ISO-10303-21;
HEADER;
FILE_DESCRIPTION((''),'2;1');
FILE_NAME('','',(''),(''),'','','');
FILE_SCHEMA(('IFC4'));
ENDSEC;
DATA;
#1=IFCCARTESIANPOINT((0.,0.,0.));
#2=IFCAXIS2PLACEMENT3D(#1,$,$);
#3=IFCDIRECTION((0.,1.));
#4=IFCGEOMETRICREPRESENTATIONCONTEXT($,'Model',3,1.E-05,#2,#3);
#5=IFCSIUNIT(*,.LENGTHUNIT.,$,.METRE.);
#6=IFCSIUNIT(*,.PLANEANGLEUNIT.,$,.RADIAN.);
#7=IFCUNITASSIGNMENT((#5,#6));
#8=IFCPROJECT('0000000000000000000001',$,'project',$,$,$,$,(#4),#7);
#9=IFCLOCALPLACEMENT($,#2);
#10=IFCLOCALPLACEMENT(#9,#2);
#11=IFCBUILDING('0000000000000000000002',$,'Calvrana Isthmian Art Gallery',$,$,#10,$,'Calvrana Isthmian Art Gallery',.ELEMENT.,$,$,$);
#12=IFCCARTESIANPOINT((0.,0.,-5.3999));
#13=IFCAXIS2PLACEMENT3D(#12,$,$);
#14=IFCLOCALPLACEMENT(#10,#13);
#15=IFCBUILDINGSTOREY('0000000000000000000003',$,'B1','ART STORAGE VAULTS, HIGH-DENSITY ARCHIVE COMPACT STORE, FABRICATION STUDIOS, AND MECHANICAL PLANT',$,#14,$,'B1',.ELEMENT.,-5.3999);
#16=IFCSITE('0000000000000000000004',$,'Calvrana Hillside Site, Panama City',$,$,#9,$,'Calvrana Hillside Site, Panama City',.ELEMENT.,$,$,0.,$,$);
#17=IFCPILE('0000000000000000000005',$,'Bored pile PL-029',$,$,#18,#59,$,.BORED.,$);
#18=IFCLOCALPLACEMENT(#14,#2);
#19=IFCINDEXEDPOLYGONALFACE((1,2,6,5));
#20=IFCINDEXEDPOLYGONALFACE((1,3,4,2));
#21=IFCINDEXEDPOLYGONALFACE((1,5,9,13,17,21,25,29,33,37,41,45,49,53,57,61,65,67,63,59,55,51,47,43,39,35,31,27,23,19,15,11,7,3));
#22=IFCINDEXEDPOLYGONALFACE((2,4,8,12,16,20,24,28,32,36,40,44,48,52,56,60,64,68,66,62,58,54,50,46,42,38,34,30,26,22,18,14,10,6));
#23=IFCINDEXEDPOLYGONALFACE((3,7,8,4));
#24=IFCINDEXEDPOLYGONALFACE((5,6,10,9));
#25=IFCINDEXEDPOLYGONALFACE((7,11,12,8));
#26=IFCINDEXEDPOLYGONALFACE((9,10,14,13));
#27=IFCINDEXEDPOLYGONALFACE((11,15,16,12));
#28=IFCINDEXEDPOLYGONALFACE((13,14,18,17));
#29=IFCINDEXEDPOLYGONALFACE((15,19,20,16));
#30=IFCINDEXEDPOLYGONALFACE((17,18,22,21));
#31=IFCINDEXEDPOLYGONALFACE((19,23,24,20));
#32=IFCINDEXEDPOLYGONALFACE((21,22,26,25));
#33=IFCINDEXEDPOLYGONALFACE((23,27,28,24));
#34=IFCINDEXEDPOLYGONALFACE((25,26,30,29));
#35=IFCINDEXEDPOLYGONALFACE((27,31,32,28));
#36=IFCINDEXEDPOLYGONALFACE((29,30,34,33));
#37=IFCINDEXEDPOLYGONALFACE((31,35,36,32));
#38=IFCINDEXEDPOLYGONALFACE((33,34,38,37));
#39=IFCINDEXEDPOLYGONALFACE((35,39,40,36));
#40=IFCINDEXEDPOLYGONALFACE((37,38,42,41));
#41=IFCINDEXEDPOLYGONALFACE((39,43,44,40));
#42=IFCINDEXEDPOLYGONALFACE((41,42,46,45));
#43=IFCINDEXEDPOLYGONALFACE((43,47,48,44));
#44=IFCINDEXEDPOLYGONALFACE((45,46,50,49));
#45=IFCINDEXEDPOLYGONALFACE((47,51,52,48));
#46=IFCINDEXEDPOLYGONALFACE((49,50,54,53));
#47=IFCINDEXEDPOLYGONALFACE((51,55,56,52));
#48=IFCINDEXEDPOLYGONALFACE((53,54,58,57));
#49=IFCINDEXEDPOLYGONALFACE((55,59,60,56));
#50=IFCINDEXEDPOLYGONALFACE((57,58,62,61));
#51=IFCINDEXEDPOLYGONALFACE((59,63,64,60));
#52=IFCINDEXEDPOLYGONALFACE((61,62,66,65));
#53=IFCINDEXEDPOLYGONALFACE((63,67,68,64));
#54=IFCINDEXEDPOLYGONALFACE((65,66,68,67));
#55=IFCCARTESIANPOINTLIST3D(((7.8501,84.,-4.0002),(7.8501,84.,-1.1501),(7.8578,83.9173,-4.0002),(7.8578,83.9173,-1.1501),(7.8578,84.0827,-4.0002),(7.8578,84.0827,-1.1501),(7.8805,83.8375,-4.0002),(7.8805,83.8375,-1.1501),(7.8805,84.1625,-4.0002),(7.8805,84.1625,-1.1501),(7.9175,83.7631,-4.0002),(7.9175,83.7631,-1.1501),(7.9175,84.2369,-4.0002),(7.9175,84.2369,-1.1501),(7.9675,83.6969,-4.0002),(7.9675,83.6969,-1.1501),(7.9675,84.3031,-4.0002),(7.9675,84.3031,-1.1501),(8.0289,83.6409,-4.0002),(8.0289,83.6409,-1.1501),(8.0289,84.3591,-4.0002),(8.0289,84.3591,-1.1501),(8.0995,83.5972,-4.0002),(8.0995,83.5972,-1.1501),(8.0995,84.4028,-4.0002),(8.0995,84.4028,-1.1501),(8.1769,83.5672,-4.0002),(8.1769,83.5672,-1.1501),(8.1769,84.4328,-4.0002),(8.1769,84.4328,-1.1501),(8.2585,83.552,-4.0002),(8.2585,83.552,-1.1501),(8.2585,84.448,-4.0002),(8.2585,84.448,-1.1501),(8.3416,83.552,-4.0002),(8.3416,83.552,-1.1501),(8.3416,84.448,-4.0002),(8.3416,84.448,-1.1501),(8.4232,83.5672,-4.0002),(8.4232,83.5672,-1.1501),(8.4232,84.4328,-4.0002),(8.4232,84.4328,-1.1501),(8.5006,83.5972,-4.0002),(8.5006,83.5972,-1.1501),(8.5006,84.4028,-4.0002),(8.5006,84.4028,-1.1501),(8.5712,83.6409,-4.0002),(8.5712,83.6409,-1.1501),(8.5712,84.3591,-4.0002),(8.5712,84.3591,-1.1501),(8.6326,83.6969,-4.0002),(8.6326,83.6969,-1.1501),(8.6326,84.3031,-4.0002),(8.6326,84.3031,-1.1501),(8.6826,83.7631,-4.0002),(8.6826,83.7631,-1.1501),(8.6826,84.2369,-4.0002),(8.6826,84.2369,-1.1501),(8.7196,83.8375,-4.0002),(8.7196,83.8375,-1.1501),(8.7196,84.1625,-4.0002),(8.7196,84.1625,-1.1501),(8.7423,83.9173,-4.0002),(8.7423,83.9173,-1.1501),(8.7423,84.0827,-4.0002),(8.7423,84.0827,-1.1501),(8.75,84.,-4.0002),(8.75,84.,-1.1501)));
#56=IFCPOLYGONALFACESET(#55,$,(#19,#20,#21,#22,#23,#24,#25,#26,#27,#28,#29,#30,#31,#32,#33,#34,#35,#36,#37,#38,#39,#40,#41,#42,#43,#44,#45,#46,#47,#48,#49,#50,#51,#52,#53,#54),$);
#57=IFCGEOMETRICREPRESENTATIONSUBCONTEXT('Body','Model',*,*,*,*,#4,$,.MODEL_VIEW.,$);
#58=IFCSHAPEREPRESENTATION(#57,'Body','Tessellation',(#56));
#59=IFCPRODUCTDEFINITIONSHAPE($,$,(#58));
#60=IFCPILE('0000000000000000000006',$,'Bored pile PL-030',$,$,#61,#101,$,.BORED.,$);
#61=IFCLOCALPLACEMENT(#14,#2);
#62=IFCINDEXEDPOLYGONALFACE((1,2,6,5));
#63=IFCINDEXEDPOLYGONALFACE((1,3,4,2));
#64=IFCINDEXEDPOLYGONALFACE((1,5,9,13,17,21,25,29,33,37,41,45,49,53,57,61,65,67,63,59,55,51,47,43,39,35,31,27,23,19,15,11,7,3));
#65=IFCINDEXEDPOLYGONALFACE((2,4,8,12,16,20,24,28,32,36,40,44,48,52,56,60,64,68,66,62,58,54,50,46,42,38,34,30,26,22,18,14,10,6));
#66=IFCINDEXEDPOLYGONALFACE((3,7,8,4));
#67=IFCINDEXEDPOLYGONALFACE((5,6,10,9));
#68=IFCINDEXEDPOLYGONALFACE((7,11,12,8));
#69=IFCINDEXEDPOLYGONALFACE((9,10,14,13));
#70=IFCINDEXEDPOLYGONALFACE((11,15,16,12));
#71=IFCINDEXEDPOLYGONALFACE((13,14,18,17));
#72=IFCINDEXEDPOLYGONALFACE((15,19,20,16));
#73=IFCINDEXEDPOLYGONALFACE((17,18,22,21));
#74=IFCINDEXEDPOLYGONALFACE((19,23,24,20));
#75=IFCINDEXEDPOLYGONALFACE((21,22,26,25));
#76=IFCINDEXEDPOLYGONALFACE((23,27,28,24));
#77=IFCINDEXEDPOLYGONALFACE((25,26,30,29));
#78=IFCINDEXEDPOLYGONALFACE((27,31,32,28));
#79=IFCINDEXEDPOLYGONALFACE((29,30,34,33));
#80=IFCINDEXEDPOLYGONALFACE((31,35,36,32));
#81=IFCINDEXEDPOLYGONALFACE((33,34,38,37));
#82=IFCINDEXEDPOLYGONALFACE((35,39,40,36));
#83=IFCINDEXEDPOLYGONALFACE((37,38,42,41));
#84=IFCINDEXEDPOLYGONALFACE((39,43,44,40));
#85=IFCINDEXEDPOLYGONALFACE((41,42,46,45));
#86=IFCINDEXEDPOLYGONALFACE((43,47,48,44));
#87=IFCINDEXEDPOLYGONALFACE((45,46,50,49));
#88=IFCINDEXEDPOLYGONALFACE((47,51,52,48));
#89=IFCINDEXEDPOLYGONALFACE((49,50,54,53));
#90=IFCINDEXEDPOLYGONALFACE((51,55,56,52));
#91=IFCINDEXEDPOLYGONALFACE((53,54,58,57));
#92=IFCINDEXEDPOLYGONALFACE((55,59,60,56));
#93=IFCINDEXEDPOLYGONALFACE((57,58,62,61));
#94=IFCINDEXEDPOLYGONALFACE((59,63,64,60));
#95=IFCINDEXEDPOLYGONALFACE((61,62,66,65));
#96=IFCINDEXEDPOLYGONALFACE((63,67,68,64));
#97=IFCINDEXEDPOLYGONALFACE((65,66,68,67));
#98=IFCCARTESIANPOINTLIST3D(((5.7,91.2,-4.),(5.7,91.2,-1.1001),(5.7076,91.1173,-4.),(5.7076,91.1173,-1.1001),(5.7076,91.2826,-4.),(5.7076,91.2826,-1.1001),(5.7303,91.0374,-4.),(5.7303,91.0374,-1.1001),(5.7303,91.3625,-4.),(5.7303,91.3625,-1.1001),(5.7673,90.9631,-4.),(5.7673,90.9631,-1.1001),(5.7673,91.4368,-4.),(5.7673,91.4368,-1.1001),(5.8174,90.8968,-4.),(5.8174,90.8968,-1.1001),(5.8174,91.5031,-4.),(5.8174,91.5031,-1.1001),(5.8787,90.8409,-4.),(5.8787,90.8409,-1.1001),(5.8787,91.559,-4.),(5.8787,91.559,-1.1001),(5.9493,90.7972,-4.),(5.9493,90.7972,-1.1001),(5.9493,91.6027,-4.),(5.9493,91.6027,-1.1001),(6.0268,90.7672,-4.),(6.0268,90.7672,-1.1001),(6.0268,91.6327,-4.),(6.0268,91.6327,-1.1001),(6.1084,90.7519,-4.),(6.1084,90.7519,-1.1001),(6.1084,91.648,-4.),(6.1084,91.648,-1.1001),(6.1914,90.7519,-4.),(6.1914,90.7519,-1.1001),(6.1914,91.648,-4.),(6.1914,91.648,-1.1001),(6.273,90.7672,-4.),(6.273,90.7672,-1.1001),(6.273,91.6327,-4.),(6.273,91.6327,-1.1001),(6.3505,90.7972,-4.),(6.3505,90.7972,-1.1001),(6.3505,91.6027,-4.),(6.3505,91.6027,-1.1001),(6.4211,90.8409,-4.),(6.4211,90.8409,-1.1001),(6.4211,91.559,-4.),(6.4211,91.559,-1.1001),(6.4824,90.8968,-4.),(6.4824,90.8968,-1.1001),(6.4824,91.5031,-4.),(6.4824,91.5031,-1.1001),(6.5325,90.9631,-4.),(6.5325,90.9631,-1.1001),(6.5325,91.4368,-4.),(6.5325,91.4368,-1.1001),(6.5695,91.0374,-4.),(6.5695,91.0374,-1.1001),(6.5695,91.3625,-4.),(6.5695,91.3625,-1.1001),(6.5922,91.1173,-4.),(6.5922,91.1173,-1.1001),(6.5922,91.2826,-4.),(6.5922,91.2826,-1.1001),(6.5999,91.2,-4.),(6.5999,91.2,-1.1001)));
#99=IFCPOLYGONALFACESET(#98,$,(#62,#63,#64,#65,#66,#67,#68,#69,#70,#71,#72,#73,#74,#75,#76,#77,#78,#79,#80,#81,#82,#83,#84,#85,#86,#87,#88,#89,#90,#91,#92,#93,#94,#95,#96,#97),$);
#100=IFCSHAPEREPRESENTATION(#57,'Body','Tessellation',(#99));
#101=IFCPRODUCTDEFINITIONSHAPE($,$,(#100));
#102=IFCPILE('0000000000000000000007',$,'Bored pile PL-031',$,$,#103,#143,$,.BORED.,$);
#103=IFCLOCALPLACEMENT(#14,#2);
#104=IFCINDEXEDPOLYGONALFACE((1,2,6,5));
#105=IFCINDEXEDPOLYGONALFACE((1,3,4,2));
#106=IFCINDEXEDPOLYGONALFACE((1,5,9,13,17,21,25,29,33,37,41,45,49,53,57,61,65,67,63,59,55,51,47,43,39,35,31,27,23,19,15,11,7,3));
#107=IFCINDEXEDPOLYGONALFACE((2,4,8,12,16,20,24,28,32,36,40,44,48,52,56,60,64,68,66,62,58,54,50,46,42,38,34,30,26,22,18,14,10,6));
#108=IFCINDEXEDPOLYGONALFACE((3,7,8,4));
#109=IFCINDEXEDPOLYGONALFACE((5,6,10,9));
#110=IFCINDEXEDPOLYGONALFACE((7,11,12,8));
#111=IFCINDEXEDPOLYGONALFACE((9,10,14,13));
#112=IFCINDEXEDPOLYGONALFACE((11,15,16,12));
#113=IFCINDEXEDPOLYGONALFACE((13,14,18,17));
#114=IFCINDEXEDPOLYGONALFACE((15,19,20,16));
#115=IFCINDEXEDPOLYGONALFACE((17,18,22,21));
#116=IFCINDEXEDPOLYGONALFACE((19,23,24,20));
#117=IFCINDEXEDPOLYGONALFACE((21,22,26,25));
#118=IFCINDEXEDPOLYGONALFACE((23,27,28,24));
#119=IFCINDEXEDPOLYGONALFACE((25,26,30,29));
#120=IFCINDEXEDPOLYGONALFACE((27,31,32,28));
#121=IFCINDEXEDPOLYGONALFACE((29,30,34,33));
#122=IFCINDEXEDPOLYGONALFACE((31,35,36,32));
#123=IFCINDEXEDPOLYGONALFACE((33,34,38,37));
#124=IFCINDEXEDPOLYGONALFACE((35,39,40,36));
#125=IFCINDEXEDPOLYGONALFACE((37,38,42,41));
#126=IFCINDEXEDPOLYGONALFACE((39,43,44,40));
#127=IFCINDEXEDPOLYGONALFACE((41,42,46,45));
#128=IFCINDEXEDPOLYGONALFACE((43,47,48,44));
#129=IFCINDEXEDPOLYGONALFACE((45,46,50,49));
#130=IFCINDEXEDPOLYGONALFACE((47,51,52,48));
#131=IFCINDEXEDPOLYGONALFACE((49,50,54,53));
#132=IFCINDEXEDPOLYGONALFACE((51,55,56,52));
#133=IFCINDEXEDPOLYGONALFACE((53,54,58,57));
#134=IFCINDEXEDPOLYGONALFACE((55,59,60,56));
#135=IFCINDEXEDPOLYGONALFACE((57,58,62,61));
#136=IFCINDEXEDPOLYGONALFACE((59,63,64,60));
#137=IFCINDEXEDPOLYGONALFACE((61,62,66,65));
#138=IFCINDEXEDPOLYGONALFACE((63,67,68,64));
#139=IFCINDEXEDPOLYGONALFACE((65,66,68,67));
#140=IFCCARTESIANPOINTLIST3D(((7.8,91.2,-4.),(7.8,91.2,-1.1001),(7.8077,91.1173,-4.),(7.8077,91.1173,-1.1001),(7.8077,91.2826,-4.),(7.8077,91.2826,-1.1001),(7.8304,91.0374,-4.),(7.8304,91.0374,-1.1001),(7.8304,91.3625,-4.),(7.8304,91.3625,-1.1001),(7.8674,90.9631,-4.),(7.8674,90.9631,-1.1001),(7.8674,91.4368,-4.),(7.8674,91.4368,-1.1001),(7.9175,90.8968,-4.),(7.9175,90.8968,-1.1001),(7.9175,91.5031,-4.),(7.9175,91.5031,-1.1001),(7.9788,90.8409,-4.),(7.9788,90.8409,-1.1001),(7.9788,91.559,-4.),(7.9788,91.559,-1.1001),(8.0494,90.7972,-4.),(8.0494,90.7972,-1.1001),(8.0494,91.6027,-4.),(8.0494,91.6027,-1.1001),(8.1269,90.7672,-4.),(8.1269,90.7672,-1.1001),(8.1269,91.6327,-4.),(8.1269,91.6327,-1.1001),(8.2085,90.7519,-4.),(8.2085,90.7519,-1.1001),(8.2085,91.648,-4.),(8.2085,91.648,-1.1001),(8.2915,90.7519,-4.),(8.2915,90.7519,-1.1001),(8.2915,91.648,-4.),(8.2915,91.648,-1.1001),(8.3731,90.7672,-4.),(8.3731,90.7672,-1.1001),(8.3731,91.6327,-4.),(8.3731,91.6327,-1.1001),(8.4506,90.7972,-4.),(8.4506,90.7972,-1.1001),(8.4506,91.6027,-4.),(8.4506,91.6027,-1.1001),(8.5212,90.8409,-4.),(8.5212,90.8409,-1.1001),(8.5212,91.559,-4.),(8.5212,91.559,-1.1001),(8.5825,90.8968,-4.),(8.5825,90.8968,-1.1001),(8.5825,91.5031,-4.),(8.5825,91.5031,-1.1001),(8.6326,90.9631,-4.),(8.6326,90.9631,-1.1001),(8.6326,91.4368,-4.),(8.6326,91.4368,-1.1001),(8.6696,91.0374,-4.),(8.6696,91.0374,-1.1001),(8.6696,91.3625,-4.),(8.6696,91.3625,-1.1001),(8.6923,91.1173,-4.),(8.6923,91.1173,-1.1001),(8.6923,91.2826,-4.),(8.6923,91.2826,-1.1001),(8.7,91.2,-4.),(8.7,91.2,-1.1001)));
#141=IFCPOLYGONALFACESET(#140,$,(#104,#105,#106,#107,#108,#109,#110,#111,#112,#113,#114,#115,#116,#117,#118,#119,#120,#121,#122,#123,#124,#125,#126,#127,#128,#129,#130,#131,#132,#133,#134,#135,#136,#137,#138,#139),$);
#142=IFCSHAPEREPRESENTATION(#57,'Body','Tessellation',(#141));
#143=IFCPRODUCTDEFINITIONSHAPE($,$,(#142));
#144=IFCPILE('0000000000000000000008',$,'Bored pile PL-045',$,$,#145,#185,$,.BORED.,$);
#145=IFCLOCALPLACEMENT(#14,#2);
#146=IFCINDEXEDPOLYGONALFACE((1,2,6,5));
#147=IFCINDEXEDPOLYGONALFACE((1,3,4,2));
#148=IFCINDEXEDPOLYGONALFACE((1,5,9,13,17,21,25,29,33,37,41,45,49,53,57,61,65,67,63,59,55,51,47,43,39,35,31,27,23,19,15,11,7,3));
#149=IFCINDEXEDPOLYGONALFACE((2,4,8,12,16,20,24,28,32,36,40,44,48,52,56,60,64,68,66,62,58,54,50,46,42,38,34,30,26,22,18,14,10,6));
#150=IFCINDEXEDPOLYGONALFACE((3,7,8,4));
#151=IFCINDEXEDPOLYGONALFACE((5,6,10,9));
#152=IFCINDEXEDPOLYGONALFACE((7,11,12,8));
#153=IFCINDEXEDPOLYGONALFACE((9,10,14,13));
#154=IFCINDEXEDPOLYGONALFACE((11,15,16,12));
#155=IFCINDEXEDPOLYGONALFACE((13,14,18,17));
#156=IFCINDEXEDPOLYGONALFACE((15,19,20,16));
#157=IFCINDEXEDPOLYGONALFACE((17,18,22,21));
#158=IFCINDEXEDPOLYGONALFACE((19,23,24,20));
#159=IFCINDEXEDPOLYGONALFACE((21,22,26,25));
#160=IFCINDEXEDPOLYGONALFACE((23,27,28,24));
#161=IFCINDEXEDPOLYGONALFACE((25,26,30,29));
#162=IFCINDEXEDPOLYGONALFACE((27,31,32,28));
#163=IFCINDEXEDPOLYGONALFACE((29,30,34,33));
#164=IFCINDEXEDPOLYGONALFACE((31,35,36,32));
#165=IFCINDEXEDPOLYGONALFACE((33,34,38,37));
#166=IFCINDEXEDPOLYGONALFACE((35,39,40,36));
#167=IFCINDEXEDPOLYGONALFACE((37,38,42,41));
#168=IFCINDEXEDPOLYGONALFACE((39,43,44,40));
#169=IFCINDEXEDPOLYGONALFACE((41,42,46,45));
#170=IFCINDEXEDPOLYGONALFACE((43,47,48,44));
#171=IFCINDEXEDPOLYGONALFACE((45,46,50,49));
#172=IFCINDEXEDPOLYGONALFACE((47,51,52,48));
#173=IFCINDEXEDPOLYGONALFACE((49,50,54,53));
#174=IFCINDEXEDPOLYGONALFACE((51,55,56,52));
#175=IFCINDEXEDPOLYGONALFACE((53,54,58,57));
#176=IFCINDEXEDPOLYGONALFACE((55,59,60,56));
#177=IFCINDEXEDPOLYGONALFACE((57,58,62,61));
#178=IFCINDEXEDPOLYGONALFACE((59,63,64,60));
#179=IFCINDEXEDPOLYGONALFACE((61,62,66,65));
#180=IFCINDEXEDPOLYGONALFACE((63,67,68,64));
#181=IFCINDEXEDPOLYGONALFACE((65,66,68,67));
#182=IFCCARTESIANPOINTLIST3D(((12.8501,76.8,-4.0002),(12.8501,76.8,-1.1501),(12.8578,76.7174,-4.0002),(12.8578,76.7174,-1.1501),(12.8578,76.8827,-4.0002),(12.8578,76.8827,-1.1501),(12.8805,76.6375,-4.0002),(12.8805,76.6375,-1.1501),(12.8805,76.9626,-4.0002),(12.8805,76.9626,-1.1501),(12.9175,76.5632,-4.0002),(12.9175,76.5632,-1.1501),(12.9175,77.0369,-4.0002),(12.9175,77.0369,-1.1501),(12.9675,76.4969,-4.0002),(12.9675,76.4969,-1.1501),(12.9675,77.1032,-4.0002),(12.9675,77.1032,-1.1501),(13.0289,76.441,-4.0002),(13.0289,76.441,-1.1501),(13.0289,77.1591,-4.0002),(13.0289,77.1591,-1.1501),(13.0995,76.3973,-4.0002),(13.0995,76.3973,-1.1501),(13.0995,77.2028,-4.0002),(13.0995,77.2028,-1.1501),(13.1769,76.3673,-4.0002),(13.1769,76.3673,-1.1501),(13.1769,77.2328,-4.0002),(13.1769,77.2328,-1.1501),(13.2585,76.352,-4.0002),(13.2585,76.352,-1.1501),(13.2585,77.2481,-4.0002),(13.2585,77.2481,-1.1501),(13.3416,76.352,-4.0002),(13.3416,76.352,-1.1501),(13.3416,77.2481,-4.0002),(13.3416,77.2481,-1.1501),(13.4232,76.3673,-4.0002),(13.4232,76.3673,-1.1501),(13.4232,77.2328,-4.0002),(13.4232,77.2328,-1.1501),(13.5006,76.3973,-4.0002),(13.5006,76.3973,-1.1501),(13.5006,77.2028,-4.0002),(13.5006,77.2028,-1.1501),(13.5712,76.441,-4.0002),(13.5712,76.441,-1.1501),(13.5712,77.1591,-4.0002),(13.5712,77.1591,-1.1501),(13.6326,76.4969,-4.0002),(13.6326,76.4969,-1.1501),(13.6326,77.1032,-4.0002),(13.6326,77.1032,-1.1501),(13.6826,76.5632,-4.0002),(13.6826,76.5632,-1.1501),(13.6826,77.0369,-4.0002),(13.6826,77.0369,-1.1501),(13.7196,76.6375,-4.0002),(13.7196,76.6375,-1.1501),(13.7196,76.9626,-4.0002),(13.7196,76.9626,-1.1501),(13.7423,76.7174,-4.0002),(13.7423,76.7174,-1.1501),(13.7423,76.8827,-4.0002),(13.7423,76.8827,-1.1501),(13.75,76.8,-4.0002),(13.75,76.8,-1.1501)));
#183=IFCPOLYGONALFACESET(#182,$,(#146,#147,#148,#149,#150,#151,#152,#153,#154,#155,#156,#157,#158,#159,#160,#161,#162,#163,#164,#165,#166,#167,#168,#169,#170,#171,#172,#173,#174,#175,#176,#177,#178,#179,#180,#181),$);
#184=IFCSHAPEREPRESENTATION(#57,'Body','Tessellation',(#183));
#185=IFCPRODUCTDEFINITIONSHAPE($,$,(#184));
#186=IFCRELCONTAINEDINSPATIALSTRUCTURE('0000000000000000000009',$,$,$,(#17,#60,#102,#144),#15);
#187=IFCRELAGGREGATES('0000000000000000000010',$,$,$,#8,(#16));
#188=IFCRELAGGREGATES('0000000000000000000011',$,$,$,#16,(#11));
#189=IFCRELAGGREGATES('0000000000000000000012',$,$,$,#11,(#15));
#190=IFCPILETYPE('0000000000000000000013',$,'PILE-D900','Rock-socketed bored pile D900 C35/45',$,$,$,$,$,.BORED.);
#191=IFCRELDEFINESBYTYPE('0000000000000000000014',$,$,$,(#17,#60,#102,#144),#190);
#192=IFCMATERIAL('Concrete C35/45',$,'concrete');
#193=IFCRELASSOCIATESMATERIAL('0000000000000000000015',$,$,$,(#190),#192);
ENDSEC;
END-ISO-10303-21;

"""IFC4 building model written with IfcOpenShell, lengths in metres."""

from ifc_helpers import new_model, si_unit, direction, frame, origin, origin_2d, place, context, subcontext, project, spatial, circle, extrude, material, material_profile, profile_set, type_object, element, save


model = new_model("IFC4")

# Units and contexts
model_context = context("Model", 3, precision=1e-05, world=origin(), true_north=direction((0.0, 1.0)))
body_context = subcontext(model_context, "Body", "Model", "MODEL_VIEW")
ifc_project = project(units=[si_unit("LENGTHUNIT", "METRE"), si_unit("PLANEANGLEUNIT", "RADIAN")], contexts=[model_context])

# Site, building, storey
site_placement = place(None, origin())
site = spatial("IfcSite", under=ifc_project, at=site_placement, Name="Calvrana Hillside Site, Panama City", LongName="Calvrana Hillside Site, Panama City", CompositionType="ELEMENT", RefElevation=0.0)
building_placement = place(site_placement, origin())
building = spatial("IfcBuilding", under=site, at=building_placement, Name="Calvrana Isthmian Art Gallery", LongName="Calvrana Isthmian Art Gallery", CompositionType="ELEMENT")
storey_placement = place(building_placement, frame((0.0, 0.0, -5.3999)))
storey = spatial("IfcBuildingStorey", under=building, at=storey_placement, Name="B1", Description="ART STORAGE VAULTS, HIGH-DENSITY ARCHIVE COMPACT STORE, FABRICATION STUDIOS, AND MECHANICAL PLANT", LongName="B1", CompositionType="ELEMENT", Elevation=-5.3999)

# Shared definitions
ifc_material_1 = material(Name="Concrete C35/45", Category="concrete")

# Piles
ifc_material_profile_1 = material_profile(ifc_material_1, circle(Radius=0.45, at=origin_2d()), Name="PILE900D")
ifc_profile_set_1 = profile_set([ifc_material_profile_1], Name="Concrete C35/45")
pile_type_1 = type_object("IfcPileType", Name="PILE-D900", Description="Rock-socketed bored pile D900 C35/45", PredefinedType="BORED", material=ifc_profile_set_1)
for number, where, z_axis, x_axis, name in (
    (1, (8.3, 84.0, -1.1501), (0.0, 0.0, -1.0), (1.0, 0.0, 0.0), "Bored pile PL-029"),
):
    element("IfcPile", number, at=place(storey_placement, frame(where, z_axis=z_axis, x_axis=x_axis)), inside=storey, type_object=pile_type_1, Name=name, PredefinedType="BORED", context=body_context, shape_type="SweptSolid", body=[
        extrude(circle(Radius=0.45, at=origin_2d()), origin(), (0.0, 0.0, 1.0), 2.8501),
    ])
for number, where, z_axis, x_axis, name in (
    (2, (6.1499, 91.2, -1.1001), (0.0, 0.0, -1.0), (1.0, 0.0, 0.0), "Bored pile PL-030"),
    (3, (8.25, 91.2, -1.1001), (0.0, 0.0, -1.0), (1.0, 0.0, 0.0), "Bored pile PL-031"),
):
    element("IfcPile", number, at=place(storey_placement, frame(where, z_axis=z_axis, x_axis=x_axis)), inside=storey, type_object=pile_type_1, Name=name, PredefinedType="BORED", context=body_context, shape_type="SweptSolid", body=[
        extrude(circle(Radius=0.45, at=origin_2d()), origin(), (0.0, 0.0, 1.0), 2.8999),
    ])
for number, where, z_axis, x_axis, name in (
    (4, (13.3, 76.8, -1.1501), (0.0, 0.0, -1.0), (1.0, 0.0, 0.0), "Bored pile PL-045"),
):
    element("IfcPile", number, at=place(storey_placement, frame(where, z_axis=z_axis, x_axis=x_axis)), inside=storey, type_object=pile_type_1, Name=name, PredefinedType="BORED", context=body_context, shape_type="SweptSolid", body=[
        extrude(circle(Radius=0.45, at=origin_2d()), origin(), (0.0, 0.0, 1.0), 2.8501),
    ])

save(model, "model.ifc")
